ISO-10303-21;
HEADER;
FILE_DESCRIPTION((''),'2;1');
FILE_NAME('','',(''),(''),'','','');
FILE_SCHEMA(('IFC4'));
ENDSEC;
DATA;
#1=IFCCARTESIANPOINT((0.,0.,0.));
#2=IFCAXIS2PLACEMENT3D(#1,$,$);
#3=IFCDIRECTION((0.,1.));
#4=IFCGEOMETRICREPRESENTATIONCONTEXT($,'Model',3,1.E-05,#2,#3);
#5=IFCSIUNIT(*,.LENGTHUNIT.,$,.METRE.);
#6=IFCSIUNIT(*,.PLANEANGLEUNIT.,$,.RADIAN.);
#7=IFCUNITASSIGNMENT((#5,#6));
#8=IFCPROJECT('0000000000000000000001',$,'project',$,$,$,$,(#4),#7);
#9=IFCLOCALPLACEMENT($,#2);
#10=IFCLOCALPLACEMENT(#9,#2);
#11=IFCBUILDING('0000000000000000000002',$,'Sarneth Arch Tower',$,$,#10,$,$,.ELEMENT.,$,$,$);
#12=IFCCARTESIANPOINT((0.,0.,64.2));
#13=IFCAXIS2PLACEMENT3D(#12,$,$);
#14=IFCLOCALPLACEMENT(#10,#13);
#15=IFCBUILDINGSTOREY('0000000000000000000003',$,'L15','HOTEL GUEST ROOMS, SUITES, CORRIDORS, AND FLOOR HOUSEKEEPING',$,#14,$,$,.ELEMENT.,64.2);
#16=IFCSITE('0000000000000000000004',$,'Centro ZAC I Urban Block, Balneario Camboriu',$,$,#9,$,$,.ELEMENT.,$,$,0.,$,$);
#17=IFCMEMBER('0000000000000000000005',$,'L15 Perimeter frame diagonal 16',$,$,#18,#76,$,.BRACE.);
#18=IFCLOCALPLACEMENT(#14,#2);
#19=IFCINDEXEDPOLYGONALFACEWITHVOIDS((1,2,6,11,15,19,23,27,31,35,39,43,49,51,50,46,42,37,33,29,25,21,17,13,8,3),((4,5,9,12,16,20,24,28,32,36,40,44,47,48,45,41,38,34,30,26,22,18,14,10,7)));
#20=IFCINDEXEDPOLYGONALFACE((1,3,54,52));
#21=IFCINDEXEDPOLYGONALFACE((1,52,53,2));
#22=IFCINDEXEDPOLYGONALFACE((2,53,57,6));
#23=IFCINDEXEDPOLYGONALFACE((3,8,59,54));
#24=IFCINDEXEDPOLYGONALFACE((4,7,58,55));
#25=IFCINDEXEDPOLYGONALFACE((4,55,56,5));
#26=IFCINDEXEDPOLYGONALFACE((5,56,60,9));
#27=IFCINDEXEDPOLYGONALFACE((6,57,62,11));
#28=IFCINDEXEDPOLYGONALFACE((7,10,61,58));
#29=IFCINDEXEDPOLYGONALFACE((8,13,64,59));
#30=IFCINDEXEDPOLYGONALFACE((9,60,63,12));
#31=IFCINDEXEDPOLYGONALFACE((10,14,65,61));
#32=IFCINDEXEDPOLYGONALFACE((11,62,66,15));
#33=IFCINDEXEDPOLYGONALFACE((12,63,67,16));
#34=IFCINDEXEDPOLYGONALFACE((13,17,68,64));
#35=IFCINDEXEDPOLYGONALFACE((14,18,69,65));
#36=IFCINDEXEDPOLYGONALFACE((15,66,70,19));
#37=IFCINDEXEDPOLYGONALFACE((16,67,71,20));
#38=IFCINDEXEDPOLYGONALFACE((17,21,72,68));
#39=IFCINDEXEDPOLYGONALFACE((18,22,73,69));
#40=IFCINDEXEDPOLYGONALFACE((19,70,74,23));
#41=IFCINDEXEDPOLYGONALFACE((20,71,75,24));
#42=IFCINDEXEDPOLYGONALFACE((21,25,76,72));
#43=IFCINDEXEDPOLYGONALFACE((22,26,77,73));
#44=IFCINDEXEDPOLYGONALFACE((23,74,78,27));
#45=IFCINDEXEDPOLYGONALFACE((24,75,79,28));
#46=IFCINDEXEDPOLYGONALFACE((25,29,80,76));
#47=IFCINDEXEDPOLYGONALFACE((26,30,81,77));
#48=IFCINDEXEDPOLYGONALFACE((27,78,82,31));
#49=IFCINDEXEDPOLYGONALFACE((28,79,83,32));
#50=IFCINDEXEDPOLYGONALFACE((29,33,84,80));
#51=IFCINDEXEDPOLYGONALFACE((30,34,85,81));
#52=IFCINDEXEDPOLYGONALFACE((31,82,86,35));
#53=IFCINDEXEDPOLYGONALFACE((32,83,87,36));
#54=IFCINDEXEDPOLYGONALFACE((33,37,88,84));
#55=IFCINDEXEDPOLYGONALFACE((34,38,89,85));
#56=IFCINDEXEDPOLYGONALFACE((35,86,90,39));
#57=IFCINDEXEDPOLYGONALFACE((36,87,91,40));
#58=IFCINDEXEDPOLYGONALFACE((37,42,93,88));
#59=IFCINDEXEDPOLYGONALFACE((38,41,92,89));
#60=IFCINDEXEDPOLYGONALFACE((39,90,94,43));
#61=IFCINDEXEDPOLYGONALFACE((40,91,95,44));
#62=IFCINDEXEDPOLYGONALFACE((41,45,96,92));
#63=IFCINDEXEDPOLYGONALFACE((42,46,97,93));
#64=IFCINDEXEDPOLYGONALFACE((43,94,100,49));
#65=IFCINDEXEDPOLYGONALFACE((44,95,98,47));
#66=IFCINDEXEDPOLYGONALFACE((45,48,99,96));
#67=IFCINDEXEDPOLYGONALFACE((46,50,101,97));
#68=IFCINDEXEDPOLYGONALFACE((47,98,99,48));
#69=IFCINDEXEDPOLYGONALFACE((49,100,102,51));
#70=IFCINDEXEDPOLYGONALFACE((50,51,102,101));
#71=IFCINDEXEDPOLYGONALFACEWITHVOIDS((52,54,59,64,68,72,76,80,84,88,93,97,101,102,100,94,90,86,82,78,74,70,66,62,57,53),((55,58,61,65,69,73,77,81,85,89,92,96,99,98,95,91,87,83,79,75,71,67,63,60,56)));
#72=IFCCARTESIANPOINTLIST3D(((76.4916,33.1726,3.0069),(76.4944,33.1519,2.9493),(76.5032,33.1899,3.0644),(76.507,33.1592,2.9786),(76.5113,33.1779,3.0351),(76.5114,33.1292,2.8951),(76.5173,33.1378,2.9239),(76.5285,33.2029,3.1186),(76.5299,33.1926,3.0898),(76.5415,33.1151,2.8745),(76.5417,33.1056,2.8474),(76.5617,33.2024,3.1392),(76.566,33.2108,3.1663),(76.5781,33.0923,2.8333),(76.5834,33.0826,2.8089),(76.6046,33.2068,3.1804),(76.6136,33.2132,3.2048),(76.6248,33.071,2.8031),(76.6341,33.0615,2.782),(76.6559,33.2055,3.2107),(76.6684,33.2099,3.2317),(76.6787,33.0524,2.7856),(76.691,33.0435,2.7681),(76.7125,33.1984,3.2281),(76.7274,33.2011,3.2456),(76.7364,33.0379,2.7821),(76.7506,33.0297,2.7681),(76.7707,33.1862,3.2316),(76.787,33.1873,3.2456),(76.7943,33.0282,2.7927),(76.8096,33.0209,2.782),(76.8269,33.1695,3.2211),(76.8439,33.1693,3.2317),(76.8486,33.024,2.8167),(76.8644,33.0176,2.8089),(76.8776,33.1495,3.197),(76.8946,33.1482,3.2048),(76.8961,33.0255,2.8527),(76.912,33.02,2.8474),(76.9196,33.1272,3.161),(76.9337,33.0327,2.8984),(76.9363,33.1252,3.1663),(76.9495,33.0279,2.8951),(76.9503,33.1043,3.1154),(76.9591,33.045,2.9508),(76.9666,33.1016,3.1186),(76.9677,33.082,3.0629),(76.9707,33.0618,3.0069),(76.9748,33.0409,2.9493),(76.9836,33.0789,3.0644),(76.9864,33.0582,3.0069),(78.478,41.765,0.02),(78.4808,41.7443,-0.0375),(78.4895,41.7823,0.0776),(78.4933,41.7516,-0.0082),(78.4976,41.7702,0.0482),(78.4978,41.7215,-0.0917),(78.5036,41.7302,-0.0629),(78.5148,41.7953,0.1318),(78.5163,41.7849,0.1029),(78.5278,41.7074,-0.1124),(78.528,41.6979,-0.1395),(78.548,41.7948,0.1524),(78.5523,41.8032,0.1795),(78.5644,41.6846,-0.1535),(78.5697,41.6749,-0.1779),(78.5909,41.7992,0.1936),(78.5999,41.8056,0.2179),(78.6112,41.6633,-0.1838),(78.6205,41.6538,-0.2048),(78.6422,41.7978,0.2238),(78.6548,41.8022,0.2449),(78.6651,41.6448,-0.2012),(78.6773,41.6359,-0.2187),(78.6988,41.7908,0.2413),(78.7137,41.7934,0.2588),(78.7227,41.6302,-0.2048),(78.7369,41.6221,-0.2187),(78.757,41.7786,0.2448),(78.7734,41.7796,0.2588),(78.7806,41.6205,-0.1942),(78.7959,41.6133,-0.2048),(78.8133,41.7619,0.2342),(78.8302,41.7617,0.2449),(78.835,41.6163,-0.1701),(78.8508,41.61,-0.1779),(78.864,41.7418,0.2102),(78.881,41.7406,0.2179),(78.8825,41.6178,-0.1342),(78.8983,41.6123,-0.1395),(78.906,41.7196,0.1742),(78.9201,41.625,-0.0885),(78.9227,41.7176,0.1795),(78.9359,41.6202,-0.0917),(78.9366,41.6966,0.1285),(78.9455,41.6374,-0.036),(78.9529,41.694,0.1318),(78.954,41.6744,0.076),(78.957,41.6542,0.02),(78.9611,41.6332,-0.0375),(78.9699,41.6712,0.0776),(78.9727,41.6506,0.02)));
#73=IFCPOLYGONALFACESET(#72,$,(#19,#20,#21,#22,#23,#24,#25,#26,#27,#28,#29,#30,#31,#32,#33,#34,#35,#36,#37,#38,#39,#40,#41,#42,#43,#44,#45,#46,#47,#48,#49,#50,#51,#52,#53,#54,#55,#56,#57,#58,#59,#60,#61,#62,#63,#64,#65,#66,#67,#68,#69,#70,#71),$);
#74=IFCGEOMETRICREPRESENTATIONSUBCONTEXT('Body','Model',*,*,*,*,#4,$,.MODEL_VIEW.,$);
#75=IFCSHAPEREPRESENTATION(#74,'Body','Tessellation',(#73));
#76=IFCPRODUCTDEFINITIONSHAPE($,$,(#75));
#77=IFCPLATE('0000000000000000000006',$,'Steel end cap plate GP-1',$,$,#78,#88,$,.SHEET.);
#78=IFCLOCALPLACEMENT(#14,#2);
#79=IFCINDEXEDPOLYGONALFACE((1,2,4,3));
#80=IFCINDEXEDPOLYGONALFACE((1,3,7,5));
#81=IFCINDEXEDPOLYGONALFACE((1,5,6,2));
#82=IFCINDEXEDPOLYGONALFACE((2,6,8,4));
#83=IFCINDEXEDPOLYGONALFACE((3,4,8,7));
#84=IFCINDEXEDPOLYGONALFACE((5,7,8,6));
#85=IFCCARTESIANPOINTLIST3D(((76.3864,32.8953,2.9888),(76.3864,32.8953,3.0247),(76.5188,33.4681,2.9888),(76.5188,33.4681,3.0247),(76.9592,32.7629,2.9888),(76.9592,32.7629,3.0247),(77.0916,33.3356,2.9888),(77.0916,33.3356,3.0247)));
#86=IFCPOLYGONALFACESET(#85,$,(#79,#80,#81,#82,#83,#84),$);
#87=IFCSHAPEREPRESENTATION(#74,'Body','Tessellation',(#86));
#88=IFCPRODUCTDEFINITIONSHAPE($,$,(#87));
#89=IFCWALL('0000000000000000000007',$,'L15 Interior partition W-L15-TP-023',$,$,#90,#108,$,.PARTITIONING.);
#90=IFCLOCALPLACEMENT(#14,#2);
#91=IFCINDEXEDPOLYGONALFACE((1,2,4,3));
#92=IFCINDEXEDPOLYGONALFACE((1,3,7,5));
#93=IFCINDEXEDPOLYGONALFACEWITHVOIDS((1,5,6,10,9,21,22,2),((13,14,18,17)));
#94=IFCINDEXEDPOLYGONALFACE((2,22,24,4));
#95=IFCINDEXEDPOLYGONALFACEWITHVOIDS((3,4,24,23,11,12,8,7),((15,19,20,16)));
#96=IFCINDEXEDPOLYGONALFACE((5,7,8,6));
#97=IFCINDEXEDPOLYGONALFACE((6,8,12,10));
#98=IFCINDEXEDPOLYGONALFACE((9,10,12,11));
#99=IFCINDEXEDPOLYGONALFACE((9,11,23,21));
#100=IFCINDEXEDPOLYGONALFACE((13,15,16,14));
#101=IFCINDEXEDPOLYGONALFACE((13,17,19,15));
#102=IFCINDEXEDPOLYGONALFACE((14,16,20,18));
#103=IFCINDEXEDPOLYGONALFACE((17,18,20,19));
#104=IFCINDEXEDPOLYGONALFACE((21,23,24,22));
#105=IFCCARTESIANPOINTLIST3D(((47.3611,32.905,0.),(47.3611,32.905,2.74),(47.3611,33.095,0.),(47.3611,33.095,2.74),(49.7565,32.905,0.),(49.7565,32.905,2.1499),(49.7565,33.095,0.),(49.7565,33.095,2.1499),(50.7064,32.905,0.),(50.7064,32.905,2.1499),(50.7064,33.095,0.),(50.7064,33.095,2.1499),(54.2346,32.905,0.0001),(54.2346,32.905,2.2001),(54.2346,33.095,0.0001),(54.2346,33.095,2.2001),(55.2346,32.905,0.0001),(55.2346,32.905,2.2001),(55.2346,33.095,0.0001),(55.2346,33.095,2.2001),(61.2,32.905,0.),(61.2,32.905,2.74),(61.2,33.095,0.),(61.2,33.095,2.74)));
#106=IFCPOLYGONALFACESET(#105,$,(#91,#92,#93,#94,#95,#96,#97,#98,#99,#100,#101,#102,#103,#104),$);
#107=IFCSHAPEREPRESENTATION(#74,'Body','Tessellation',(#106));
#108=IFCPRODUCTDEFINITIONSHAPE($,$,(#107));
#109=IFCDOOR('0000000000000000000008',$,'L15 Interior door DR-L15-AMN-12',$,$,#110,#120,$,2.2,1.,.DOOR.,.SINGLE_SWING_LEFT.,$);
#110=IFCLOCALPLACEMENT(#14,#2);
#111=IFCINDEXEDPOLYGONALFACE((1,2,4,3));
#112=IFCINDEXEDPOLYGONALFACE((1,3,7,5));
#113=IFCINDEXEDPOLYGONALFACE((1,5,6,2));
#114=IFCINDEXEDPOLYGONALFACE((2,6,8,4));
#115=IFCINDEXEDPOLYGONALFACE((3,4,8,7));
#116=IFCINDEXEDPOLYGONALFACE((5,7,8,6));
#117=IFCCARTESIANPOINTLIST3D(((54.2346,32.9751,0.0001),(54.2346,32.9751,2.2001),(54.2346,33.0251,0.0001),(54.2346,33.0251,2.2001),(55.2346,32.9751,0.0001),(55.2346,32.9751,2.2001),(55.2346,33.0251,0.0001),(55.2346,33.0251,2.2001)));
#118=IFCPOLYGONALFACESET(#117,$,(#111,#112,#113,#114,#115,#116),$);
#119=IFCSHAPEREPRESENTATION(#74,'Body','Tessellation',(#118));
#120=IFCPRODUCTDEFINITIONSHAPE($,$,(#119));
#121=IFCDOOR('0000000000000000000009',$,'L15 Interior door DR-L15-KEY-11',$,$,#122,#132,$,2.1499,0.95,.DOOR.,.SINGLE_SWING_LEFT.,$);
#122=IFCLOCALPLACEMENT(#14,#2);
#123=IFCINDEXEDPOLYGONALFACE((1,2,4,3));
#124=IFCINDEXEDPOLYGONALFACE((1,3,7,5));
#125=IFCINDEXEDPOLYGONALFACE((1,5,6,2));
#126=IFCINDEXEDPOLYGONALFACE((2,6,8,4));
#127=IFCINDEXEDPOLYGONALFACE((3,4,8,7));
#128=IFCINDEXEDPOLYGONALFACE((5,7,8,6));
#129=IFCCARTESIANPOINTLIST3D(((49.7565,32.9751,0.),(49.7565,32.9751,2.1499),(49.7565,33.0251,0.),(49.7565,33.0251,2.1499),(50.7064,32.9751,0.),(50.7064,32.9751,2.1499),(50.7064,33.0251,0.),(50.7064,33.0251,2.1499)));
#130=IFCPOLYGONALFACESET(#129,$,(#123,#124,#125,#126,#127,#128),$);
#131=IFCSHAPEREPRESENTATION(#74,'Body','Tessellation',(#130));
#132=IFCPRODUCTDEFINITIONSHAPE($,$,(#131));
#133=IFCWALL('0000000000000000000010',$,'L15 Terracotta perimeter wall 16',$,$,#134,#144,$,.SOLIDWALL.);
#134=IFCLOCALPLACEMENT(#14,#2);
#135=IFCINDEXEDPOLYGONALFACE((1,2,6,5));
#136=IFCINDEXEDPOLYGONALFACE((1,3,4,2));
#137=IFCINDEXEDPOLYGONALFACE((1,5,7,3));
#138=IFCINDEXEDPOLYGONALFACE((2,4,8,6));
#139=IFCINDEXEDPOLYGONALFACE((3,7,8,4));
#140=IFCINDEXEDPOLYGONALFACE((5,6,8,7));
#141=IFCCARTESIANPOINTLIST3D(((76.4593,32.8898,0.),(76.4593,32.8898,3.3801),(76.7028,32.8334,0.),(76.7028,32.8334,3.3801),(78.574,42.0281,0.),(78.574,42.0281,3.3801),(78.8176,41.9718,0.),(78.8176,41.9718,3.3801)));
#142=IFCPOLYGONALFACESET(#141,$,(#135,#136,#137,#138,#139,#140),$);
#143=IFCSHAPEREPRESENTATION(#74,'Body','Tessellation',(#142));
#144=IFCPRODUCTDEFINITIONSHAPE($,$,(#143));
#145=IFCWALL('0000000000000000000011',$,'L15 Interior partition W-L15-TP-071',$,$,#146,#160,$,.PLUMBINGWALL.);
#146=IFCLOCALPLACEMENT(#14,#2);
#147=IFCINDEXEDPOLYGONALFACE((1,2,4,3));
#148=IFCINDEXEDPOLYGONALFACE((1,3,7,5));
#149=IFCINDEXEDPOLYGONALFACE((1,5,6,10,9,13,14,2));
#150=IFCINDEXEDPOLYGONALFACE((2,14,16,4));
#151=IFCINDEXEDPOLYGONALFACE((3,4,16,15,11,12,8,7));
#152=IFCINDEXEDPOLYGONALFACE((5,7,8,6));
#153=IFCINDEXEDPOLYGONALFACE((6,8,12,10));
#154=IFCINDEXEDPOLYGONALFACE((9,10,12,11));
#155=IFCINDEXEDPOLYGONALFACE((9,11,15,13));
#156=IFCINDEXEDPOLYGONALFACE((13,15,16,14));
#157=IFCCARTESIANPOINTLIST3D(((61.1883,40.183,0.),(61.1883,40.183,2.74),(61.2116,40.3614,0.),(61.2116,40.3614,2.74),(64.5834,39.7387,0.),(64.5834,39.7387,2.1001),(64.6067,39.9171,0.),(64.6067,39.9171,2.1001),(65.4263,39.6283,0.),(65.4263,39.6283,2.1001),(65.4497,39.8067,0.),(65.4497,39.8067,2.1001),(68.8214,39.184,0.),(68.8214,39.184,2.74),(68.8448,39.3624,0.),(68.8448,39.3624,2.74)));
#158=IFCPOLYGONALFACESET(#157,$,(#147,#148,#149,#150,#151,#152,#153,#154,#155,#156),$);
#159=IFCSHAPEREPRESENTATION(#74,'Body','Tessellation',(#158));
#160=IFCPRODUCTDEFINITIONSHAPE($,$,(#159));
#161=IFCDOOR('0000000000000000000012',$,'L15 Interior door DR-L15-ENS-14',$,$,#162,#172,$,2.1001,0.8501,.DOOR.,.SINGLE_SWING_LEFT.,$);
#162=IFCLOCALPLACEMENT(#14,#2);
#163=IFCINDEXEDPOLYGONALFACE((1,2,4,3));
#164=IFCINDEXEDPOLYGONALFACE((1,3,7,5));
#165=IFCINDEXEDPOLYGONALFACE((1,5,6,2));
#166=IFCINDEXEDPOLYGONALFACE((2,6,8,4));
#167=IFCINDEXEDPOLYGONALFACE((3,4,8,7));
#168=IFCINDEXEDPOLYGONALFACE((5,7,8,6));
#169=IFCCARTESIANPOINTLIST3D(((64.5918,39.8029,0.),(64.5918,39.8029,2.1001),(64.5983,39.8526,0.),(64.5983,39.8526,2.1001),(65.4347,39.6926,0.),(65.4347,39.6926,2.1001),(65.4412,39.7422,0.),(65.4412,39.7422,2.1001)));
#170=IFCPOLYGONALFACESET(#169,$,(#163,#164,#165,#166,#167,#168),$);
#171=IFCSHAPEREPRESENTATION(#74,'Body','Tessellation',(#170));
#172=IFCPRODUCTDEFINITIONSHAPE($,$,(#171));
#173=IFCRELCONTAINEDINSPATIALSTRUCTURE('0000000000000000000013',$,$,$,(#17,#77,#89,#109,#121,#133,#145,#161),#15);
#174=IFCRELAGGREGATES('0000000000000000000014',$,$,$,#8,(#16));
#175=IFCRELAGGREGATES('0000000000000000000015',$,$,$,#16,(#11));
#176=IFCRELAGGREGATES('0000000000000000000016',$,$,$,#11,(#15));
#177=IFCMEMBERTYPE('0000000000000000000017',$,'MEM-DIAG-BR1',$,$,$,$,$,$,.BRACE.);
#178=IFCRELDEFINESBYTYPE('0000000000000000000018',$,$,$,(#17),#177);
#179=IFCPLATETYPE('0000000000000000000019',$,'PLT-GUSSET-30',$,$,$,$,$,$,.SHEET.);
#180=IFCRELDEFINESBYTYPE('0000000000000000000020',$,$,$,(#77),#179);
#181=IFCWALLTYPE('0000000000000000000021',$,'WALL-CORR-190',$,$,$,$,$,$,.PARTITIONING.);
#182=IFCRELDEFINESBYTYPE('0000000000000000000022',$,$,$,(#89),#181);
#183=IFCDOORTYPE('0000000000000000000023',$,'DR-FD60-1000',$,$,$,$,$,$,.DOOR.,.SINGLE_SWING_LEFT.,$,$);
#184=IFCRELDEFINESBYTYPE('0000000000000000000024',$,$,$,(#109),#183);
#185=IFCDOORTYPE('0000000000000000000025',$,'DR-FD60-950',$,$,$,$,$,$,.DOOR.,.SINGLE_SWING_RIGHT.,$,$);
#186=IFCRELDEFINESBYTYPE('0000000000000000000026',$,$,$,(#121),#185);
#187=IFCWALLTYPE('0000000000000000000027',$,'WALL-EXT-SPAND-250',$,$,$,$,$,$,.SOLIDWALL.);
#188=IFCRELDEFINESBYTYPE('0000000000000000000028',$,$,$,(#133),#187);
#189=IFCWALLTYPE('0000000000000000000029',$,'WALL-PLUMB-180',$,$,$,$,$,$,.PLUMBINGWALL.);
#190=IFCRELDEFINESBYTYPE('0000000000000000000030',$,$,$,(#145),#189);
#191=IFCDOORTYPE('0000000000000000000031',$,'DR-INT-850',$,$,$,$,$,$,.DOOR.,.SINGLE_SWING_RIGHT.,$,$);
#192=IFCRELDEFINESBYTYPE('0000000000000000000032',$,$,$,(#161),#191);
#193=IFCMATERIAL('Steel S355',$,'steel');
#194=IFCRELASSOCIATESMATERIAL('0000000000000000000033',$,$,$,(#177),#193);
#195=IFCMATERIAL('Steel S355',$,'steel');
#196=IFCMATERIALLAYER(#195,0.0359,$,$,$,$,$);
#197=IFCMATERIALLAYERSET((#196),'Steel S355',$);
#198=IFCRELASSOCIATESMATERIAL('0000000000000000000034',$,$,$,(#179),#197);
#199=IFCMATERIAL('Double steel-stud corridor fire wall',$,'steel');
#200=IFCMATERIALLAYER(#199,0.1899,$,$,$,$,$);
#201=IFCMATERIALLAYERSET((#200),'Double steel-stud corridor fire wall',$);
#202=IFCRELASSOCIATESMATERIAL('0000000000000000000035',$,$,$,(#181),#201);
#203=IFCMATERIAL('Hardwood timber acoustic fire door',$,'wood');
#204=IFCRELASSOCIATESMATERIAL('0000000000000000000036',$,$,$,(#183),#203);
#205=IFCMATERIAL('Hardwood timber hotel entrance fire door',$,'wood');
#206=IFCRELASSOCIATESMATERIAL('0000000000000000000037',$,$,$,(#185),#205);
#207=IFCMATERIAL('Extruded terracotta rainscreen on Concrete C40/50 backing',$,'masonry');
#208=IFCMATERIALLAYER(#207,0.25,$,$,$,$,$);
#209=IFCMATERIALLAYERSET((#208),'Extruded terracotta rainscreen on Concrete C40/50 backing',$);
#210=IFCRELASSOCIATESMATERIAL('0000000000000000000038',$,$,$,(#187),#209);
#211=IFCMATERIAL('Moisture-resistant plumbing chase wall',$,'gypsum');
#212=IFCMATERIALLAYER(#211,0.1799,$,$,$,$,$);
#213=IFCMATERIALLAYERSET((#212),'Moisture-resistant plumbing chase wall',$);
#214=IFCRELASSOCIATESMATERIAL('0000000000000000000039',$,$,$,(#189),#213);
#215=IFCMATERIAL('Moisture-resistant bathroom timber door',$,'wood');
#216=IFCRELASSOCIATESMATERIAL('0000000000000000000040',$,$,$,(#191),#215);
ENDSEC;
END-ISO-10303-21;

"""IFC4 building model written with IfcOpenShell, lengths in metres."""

from ifc_helpers import new_model, si_unit, direction, frame, frame_2d, origin, origin_2d, place, context, subcontext, project, spatial, rectangle, hollow_circle, extrude, material, layer, layer_set, material_profile, profile_set, type_object, element, fill, save


model = new_model("IFC4")

# Units and contexts
model_context = context("Model", 3, precision=1e-05, world=origin(), true_north=direction((0.0, 1.0)))
body_context = subcontext(model_context, "Body", "Model", "MODEL_VIEW")
ifc_project = project(units=[si_unit("LENGTHUNIT", "METRE"), si_unit("PLANEANGLEUNIT", "RADIAN")], contexts=[model_context])

# Site, building, storey
site_placement = place(None, origin())
site = spatial("IfcSite", under=ifc_project, at=site_placement, Name="Centro ZAC I Urban Block, Balneario Camboriu", CompositionType="ELEMENT", RefElevation=0.0)
building_placement = place(site_placement, origin())
building = spatial("IfcBuilding", under=site, at=building_placement, Name="Sarneth Arch Tower", CompositionType="ELEMENT")
storey_placement = place(building_placement, frame((0.0, 0.0, 64.2)))
storey = spatial("IfcBuildingStorey", under=building, at=storey_placement, Name="L15", Description="HOTEL GUEST ROOMS, SUITES, CORRIDORS, AND FLOOR HOUSEKEEPING", CompositionType="ELEMENT", Elevation=64.2)

# Member
ifc_material_1 = material(Name="Steel S355", Category="steel")
ifc_material_profile_1 = material_profile(ifc_material_1, hollow_circle(Radius=0.2539, WallThickness=0.0161, at=origin_2d()), Name="CHS508x16")
ifc_profile_set_1 = profile_set([ifc_material_profile_1], Name="Steel S355")
member_type_1 = type_object("IfcMemberType", Name="MEM-DIAG-BR1", PredefinedType="BRACE", material=ifc_profile_set_1)
member_1_placement = place(storey_placement, frame((78.7253, 41.7078, 0.02), z_axis=(-0.213332, -0.922814, 0.320785), x_axis=(0.974304, -0.225236, 0.0)))
element("IfcMember", 1, at=member_1_placement, inside=storey, type_object=member_type_1, Name="L15 Perimeter frame diagonal 16", PredefinedType="BRACE", context=body_context, shape_type="SweptSolid", body=[
    extrude(hollow_circle(Radius=0.2539, WallThickness=0.0161, at=origin_2d()), origin(), (0.0, 0.0, 1.0), 9.311),
])

# Plate
ifc_material_2 = material(Name="Steel S355", Category="steel")
ifc_layer_1 = layer(ifc_material_2, 0.0359)
ifc_layer_set_1 = layer_set([ifc_layer_1], Name="Steel S355")
plate_type = type_object("IfcPlateType", Name="PLT-GUSSET-30", PredefinedType="SHEET", material=ifc_layer_set_1)
plate_placement = place(storey_placement, frame((76.739, 33.1155, 2.9888), z_axis=(0.0, 0.0, 1.0), x_axis=(0.225291, 0.974291, 0.0)))
element("IfcPlate", 2, at=plate_placement, inside=storey, type_object=plate_type, Name="Steel end cap plate GP-1", PredefinedType="SHEET", context=body_context, shape_type="SweptSolid", body=[
    extrude(rectangle(XDim=0.5879, YDim=0.5879, at=origin_2d()), origin(), (0.0, 0.0, 1.0), 0.0359),
])

# Wall, openings, doors
ifc_material_3 = material(Name="Double steel-stud corridor fire wall", Category="steel")
ifc_layer_2 = layer(ifc_material_3, 0.1899)
ifc_layer_set_2 = layer_set([ifc_layer_2], Name="Double steel-stud corridor fire wall")
wall_type_1 = type_object("IfcWallType", Name="WALL-CORR-190", PredefinedType="PARTITIONING", material=ifc_layer_set_2)
wall_1_placement = place(storey_placement, frame((61.2, 33.0, 0.0), z_axis=(0.0, 0.0, 1.0), x_axis=(-1.0, 0.0, 0.0)))
wall_1 = element("IfcWall", 3, at=wall_1_placement, inside=storey, type_object=wall_type_1, Name="L15 Interior partition W-L15-TP-023", PredefinedType="PARTITIONING", context=body_context, shape_type="SweptSolid", body=[
    extrude(rectangle(XDim=13.8389, YDim=0.1899, at=frame_2d((6.9194, 0.0))), origin(), (0.0, 0.0, 1.0), 2.74),
])
opening_1_placement = place(wall_1_placement, frame((5.9653, 0.0, 0.0)))
opening_1 = element("IfcOpeningElement", 4, at=opening_1_placement, cuts=wall_1, PredefinedType="OPENING", context=body_context, shape_type="SweptSolid", body=[
    extrude(rectangle(XDim=1.0, YDim=2.2, at=frame_2d((0.5, 1.1001))), frame((0.0, 0.105, 0.0), z_axis=(0.0, -1.0, 0.0), x_axis=(1.0, 0.0, 0.0)), (0.0, 0.0, 1.0), 0.21),
])
opening_2_placement = place(wall_1_placement, frame((10.4934, 0.0, 0.0)))
opening_2 = element("IfcOpeningElement", 5, at=opening_2_placement, cuts=wall_1, PredefinedType="OPENING", context=body_context, shape_type="SweptSolid", body=[
    extrude(rectangle(XDim=0.95, YDim=2.1499, at=frame_2d((0.4751, 1.075))), frame((0.0, 0.105, 0.0), z_axis=(0.0, -1.0, 0.0), x_axis=(1.0, 0.0, 0.0)), (0.0, 0.0, 1.0), 0.21),
])
ifc_material_4 = material(Name="Hardwood timber acoustic fire door", Category="wood")
door_type_1 = type_object("IfcDoorType", Name="DR-FD60-1000", OperationType="SINGLE_SWING_LEFT", PredefinedType="DOOR", material=ifc_material_4)
door_1_placement = place(opening_1_placement, origin())
door_1 = element("IfcDoor", 6, at=door_1_placement, inside=storey, type_object=door_type_1, Name="L15 Interior door DR-L15-AMN-12", OperationType="SINGLE_SWING_LEFT", OverallHeight=2.2, OverallWidth=1.0, PredefinedType="DOOR", context=body_context, shape_type="SweptSolid", body=[
    extrude(rectangle(XDim=1.0, YDim=2.2, at=frame_2d((0.5, 1.1001))), frame((0.0, 0.0249, 0.0), z_axis=(0.0, -1.0, 0.0), x_axis=(1.0, 0.0, 0.0)), (0.0, 0.0, 1.0), 0.05),
])
fill(opening_1, door_1)
ifc_material_5 = material(Name="Hardwood timber hotel entrance fire door", Category="wood")
door_type_2 = type_object("IfcDoorType", Name="DR-FD60-950", OperationType="SINGLE_SWING_RIGHT", PredefinedType="DOOR", material=ifc_material_5)
door_2_placement = place(opening_2_placement, origin())
door_2 = element("IfcDoor", 7, at=door_2_placement, inside=storey, type_object=door_type_2, Name="L15 Interior door DR-L15-KEY-11", OperationType="SINGLE_SWING_LEFT", OverallHeight=2.1499, OverallWidth=0.95, PredefinedType="DOOR", context=body_context, shape_type="SweptSolid", body=[
    extrude(rectangle(XDim=0.95, YDim=2.1499, at=frame_2d((0.4751, 1.075))), frame((0.0, 0.0249, 0.0), z_axis=(0.0, -1.0, 0.0), x_axis=(1.0, 0.0, 0.0)), (0.0, 0.0, 1.0), 0.05),
])
fill(opening_2, door_2)

# Wall
ifc_material_6 = material(Name="Extruded terracotta rainscreen on Concrete C40/50 backing", Category="masonry")
ifc_layer_3 = layer(ifc_material_6, 0.25)
ifc_layer_set_3 = layer_set([ifc_layer_3], Name="Extruded terracotta rainscreen on Concrete C40/50 backing")
wall_type_2 = type_object("IfcWallType", Name="WALL-EXT-SPAND-250", PredefinedType="SOLIDWALL", material=ifc_layer_set_3)
wall_2_placement = place(storey_placement, frame((76.5811, 32.8616, 0.0), z_axis=(0.0, 0.0, 1.0), x_axis=(0.225454, 0.974254, 0.0)))
element("IfcWall", 8, at=wall_2_placement, inside=storey, type_object=wall_type_2, Name="L15 Terracotta perimeter wall 16", PredefinedType="SOLIDWALL", context=body_context, shape_type="SweptSolid", body=[
    extrude(rectangle(XDim=9.3799, YDim=0.25, at=frame_2d((4.6899, 0.0))), origin(), (0.0, 0.0, 1.0), 3.3801),
])

# Wall, opening, door
ifc_material_7 = material(Name="Moisture-resistant plumbing chase wall", Category="gypsum")
ifc_layer_4 = layer(ifc_material_7, 0.1799)
ifc_layer_set_4 = layer_set([ifc_layer_4], Name="Moisture-resistant plumbing chase wall")
wall_type_3 = type_object("IfcWallType", Name="WALL-PLUMB-180", PredefinedType="PLUMBINGWALL", material=ifc_layer_set_4)
wall_3_placement = place(storey_placement, frame((61.2, 40.2722, 0.0), z_axis=(0.0, 0.0, 1.0), x_axis=(0.991544, -0.129774, 0.0)))
wall_3 = element("IfcWall", 9, at=wall_3_placement, inside=storey, type_object=wall_type_3, Name="L15 Interior partition W-L15-TP-071", PredefinedType="PLUMBINGWALL", context=body_context, shape_type="SweptSolid", body=[
    extrude(rectangle(XDim=7.6982, YDim=0.1799, at=frame_2d((3.8491, 0.0))), origin(), (0.0, 0.0, 1.0), 2.74),
])
opening_3_placement = place(wall_3_placement, frame((3.4241, 0.0, 0.0)))
opening_3 = element("IfcOpeningElement", 10, at=opening_3_placement, cuts=wall_3, PredefinedType="OPENING", context=body_context, shape_type="SweptSolid", body=[
    extrude(rectangle(XDim=0.8501, YDim=2.1001, at=frame_2d((0.425, 1.05))), frame((0.0, 0.0999, 0.0), z_axis=(0.0, -1.0, 0.0), x_axis=(1.0, 0.0, 0.0)), (0.0, 0.0, 1.0), 0.2),
])
ifc_material_8 = material(Name="Moisture-resistant bathroom timber door", Category="wood")
door_type_3 = type_object("IfcDoorType", Name="DR-INT-850", OperationType="SINGLE_SWING_RIGHT", PredefinedType="DOOR", material=ifc_material_8)
door_3_placement = place(opening_3_placement, origin())
door_3 = element("IfcDoor", 11, at=door_3_placement, inside=storey, type_object=door_type_3, Name="L15 Interior door DR-L15-ENS-14", OperationType="SINGLE_SWING_LEFT", OverallHeight=2.1001, OverallWidth=0.8501, PredefinedType="DOOR", context=body_context, shape_type="SweptSolid", body=[
    extrude(rectangle(XDim=0.8501, YDim=2.1001, at=frame_2d((0.425, 1.05))), frame((0.0, 0.0249, 0.0), z_axis=(0.0, -1.0, 0.0), x_axis=(1.0, 0.0, 0.0)), (0.0, 0.0, 1.0), 0.05),
])
fill(opening_3, door_3)

save(model, "model.ifc")
